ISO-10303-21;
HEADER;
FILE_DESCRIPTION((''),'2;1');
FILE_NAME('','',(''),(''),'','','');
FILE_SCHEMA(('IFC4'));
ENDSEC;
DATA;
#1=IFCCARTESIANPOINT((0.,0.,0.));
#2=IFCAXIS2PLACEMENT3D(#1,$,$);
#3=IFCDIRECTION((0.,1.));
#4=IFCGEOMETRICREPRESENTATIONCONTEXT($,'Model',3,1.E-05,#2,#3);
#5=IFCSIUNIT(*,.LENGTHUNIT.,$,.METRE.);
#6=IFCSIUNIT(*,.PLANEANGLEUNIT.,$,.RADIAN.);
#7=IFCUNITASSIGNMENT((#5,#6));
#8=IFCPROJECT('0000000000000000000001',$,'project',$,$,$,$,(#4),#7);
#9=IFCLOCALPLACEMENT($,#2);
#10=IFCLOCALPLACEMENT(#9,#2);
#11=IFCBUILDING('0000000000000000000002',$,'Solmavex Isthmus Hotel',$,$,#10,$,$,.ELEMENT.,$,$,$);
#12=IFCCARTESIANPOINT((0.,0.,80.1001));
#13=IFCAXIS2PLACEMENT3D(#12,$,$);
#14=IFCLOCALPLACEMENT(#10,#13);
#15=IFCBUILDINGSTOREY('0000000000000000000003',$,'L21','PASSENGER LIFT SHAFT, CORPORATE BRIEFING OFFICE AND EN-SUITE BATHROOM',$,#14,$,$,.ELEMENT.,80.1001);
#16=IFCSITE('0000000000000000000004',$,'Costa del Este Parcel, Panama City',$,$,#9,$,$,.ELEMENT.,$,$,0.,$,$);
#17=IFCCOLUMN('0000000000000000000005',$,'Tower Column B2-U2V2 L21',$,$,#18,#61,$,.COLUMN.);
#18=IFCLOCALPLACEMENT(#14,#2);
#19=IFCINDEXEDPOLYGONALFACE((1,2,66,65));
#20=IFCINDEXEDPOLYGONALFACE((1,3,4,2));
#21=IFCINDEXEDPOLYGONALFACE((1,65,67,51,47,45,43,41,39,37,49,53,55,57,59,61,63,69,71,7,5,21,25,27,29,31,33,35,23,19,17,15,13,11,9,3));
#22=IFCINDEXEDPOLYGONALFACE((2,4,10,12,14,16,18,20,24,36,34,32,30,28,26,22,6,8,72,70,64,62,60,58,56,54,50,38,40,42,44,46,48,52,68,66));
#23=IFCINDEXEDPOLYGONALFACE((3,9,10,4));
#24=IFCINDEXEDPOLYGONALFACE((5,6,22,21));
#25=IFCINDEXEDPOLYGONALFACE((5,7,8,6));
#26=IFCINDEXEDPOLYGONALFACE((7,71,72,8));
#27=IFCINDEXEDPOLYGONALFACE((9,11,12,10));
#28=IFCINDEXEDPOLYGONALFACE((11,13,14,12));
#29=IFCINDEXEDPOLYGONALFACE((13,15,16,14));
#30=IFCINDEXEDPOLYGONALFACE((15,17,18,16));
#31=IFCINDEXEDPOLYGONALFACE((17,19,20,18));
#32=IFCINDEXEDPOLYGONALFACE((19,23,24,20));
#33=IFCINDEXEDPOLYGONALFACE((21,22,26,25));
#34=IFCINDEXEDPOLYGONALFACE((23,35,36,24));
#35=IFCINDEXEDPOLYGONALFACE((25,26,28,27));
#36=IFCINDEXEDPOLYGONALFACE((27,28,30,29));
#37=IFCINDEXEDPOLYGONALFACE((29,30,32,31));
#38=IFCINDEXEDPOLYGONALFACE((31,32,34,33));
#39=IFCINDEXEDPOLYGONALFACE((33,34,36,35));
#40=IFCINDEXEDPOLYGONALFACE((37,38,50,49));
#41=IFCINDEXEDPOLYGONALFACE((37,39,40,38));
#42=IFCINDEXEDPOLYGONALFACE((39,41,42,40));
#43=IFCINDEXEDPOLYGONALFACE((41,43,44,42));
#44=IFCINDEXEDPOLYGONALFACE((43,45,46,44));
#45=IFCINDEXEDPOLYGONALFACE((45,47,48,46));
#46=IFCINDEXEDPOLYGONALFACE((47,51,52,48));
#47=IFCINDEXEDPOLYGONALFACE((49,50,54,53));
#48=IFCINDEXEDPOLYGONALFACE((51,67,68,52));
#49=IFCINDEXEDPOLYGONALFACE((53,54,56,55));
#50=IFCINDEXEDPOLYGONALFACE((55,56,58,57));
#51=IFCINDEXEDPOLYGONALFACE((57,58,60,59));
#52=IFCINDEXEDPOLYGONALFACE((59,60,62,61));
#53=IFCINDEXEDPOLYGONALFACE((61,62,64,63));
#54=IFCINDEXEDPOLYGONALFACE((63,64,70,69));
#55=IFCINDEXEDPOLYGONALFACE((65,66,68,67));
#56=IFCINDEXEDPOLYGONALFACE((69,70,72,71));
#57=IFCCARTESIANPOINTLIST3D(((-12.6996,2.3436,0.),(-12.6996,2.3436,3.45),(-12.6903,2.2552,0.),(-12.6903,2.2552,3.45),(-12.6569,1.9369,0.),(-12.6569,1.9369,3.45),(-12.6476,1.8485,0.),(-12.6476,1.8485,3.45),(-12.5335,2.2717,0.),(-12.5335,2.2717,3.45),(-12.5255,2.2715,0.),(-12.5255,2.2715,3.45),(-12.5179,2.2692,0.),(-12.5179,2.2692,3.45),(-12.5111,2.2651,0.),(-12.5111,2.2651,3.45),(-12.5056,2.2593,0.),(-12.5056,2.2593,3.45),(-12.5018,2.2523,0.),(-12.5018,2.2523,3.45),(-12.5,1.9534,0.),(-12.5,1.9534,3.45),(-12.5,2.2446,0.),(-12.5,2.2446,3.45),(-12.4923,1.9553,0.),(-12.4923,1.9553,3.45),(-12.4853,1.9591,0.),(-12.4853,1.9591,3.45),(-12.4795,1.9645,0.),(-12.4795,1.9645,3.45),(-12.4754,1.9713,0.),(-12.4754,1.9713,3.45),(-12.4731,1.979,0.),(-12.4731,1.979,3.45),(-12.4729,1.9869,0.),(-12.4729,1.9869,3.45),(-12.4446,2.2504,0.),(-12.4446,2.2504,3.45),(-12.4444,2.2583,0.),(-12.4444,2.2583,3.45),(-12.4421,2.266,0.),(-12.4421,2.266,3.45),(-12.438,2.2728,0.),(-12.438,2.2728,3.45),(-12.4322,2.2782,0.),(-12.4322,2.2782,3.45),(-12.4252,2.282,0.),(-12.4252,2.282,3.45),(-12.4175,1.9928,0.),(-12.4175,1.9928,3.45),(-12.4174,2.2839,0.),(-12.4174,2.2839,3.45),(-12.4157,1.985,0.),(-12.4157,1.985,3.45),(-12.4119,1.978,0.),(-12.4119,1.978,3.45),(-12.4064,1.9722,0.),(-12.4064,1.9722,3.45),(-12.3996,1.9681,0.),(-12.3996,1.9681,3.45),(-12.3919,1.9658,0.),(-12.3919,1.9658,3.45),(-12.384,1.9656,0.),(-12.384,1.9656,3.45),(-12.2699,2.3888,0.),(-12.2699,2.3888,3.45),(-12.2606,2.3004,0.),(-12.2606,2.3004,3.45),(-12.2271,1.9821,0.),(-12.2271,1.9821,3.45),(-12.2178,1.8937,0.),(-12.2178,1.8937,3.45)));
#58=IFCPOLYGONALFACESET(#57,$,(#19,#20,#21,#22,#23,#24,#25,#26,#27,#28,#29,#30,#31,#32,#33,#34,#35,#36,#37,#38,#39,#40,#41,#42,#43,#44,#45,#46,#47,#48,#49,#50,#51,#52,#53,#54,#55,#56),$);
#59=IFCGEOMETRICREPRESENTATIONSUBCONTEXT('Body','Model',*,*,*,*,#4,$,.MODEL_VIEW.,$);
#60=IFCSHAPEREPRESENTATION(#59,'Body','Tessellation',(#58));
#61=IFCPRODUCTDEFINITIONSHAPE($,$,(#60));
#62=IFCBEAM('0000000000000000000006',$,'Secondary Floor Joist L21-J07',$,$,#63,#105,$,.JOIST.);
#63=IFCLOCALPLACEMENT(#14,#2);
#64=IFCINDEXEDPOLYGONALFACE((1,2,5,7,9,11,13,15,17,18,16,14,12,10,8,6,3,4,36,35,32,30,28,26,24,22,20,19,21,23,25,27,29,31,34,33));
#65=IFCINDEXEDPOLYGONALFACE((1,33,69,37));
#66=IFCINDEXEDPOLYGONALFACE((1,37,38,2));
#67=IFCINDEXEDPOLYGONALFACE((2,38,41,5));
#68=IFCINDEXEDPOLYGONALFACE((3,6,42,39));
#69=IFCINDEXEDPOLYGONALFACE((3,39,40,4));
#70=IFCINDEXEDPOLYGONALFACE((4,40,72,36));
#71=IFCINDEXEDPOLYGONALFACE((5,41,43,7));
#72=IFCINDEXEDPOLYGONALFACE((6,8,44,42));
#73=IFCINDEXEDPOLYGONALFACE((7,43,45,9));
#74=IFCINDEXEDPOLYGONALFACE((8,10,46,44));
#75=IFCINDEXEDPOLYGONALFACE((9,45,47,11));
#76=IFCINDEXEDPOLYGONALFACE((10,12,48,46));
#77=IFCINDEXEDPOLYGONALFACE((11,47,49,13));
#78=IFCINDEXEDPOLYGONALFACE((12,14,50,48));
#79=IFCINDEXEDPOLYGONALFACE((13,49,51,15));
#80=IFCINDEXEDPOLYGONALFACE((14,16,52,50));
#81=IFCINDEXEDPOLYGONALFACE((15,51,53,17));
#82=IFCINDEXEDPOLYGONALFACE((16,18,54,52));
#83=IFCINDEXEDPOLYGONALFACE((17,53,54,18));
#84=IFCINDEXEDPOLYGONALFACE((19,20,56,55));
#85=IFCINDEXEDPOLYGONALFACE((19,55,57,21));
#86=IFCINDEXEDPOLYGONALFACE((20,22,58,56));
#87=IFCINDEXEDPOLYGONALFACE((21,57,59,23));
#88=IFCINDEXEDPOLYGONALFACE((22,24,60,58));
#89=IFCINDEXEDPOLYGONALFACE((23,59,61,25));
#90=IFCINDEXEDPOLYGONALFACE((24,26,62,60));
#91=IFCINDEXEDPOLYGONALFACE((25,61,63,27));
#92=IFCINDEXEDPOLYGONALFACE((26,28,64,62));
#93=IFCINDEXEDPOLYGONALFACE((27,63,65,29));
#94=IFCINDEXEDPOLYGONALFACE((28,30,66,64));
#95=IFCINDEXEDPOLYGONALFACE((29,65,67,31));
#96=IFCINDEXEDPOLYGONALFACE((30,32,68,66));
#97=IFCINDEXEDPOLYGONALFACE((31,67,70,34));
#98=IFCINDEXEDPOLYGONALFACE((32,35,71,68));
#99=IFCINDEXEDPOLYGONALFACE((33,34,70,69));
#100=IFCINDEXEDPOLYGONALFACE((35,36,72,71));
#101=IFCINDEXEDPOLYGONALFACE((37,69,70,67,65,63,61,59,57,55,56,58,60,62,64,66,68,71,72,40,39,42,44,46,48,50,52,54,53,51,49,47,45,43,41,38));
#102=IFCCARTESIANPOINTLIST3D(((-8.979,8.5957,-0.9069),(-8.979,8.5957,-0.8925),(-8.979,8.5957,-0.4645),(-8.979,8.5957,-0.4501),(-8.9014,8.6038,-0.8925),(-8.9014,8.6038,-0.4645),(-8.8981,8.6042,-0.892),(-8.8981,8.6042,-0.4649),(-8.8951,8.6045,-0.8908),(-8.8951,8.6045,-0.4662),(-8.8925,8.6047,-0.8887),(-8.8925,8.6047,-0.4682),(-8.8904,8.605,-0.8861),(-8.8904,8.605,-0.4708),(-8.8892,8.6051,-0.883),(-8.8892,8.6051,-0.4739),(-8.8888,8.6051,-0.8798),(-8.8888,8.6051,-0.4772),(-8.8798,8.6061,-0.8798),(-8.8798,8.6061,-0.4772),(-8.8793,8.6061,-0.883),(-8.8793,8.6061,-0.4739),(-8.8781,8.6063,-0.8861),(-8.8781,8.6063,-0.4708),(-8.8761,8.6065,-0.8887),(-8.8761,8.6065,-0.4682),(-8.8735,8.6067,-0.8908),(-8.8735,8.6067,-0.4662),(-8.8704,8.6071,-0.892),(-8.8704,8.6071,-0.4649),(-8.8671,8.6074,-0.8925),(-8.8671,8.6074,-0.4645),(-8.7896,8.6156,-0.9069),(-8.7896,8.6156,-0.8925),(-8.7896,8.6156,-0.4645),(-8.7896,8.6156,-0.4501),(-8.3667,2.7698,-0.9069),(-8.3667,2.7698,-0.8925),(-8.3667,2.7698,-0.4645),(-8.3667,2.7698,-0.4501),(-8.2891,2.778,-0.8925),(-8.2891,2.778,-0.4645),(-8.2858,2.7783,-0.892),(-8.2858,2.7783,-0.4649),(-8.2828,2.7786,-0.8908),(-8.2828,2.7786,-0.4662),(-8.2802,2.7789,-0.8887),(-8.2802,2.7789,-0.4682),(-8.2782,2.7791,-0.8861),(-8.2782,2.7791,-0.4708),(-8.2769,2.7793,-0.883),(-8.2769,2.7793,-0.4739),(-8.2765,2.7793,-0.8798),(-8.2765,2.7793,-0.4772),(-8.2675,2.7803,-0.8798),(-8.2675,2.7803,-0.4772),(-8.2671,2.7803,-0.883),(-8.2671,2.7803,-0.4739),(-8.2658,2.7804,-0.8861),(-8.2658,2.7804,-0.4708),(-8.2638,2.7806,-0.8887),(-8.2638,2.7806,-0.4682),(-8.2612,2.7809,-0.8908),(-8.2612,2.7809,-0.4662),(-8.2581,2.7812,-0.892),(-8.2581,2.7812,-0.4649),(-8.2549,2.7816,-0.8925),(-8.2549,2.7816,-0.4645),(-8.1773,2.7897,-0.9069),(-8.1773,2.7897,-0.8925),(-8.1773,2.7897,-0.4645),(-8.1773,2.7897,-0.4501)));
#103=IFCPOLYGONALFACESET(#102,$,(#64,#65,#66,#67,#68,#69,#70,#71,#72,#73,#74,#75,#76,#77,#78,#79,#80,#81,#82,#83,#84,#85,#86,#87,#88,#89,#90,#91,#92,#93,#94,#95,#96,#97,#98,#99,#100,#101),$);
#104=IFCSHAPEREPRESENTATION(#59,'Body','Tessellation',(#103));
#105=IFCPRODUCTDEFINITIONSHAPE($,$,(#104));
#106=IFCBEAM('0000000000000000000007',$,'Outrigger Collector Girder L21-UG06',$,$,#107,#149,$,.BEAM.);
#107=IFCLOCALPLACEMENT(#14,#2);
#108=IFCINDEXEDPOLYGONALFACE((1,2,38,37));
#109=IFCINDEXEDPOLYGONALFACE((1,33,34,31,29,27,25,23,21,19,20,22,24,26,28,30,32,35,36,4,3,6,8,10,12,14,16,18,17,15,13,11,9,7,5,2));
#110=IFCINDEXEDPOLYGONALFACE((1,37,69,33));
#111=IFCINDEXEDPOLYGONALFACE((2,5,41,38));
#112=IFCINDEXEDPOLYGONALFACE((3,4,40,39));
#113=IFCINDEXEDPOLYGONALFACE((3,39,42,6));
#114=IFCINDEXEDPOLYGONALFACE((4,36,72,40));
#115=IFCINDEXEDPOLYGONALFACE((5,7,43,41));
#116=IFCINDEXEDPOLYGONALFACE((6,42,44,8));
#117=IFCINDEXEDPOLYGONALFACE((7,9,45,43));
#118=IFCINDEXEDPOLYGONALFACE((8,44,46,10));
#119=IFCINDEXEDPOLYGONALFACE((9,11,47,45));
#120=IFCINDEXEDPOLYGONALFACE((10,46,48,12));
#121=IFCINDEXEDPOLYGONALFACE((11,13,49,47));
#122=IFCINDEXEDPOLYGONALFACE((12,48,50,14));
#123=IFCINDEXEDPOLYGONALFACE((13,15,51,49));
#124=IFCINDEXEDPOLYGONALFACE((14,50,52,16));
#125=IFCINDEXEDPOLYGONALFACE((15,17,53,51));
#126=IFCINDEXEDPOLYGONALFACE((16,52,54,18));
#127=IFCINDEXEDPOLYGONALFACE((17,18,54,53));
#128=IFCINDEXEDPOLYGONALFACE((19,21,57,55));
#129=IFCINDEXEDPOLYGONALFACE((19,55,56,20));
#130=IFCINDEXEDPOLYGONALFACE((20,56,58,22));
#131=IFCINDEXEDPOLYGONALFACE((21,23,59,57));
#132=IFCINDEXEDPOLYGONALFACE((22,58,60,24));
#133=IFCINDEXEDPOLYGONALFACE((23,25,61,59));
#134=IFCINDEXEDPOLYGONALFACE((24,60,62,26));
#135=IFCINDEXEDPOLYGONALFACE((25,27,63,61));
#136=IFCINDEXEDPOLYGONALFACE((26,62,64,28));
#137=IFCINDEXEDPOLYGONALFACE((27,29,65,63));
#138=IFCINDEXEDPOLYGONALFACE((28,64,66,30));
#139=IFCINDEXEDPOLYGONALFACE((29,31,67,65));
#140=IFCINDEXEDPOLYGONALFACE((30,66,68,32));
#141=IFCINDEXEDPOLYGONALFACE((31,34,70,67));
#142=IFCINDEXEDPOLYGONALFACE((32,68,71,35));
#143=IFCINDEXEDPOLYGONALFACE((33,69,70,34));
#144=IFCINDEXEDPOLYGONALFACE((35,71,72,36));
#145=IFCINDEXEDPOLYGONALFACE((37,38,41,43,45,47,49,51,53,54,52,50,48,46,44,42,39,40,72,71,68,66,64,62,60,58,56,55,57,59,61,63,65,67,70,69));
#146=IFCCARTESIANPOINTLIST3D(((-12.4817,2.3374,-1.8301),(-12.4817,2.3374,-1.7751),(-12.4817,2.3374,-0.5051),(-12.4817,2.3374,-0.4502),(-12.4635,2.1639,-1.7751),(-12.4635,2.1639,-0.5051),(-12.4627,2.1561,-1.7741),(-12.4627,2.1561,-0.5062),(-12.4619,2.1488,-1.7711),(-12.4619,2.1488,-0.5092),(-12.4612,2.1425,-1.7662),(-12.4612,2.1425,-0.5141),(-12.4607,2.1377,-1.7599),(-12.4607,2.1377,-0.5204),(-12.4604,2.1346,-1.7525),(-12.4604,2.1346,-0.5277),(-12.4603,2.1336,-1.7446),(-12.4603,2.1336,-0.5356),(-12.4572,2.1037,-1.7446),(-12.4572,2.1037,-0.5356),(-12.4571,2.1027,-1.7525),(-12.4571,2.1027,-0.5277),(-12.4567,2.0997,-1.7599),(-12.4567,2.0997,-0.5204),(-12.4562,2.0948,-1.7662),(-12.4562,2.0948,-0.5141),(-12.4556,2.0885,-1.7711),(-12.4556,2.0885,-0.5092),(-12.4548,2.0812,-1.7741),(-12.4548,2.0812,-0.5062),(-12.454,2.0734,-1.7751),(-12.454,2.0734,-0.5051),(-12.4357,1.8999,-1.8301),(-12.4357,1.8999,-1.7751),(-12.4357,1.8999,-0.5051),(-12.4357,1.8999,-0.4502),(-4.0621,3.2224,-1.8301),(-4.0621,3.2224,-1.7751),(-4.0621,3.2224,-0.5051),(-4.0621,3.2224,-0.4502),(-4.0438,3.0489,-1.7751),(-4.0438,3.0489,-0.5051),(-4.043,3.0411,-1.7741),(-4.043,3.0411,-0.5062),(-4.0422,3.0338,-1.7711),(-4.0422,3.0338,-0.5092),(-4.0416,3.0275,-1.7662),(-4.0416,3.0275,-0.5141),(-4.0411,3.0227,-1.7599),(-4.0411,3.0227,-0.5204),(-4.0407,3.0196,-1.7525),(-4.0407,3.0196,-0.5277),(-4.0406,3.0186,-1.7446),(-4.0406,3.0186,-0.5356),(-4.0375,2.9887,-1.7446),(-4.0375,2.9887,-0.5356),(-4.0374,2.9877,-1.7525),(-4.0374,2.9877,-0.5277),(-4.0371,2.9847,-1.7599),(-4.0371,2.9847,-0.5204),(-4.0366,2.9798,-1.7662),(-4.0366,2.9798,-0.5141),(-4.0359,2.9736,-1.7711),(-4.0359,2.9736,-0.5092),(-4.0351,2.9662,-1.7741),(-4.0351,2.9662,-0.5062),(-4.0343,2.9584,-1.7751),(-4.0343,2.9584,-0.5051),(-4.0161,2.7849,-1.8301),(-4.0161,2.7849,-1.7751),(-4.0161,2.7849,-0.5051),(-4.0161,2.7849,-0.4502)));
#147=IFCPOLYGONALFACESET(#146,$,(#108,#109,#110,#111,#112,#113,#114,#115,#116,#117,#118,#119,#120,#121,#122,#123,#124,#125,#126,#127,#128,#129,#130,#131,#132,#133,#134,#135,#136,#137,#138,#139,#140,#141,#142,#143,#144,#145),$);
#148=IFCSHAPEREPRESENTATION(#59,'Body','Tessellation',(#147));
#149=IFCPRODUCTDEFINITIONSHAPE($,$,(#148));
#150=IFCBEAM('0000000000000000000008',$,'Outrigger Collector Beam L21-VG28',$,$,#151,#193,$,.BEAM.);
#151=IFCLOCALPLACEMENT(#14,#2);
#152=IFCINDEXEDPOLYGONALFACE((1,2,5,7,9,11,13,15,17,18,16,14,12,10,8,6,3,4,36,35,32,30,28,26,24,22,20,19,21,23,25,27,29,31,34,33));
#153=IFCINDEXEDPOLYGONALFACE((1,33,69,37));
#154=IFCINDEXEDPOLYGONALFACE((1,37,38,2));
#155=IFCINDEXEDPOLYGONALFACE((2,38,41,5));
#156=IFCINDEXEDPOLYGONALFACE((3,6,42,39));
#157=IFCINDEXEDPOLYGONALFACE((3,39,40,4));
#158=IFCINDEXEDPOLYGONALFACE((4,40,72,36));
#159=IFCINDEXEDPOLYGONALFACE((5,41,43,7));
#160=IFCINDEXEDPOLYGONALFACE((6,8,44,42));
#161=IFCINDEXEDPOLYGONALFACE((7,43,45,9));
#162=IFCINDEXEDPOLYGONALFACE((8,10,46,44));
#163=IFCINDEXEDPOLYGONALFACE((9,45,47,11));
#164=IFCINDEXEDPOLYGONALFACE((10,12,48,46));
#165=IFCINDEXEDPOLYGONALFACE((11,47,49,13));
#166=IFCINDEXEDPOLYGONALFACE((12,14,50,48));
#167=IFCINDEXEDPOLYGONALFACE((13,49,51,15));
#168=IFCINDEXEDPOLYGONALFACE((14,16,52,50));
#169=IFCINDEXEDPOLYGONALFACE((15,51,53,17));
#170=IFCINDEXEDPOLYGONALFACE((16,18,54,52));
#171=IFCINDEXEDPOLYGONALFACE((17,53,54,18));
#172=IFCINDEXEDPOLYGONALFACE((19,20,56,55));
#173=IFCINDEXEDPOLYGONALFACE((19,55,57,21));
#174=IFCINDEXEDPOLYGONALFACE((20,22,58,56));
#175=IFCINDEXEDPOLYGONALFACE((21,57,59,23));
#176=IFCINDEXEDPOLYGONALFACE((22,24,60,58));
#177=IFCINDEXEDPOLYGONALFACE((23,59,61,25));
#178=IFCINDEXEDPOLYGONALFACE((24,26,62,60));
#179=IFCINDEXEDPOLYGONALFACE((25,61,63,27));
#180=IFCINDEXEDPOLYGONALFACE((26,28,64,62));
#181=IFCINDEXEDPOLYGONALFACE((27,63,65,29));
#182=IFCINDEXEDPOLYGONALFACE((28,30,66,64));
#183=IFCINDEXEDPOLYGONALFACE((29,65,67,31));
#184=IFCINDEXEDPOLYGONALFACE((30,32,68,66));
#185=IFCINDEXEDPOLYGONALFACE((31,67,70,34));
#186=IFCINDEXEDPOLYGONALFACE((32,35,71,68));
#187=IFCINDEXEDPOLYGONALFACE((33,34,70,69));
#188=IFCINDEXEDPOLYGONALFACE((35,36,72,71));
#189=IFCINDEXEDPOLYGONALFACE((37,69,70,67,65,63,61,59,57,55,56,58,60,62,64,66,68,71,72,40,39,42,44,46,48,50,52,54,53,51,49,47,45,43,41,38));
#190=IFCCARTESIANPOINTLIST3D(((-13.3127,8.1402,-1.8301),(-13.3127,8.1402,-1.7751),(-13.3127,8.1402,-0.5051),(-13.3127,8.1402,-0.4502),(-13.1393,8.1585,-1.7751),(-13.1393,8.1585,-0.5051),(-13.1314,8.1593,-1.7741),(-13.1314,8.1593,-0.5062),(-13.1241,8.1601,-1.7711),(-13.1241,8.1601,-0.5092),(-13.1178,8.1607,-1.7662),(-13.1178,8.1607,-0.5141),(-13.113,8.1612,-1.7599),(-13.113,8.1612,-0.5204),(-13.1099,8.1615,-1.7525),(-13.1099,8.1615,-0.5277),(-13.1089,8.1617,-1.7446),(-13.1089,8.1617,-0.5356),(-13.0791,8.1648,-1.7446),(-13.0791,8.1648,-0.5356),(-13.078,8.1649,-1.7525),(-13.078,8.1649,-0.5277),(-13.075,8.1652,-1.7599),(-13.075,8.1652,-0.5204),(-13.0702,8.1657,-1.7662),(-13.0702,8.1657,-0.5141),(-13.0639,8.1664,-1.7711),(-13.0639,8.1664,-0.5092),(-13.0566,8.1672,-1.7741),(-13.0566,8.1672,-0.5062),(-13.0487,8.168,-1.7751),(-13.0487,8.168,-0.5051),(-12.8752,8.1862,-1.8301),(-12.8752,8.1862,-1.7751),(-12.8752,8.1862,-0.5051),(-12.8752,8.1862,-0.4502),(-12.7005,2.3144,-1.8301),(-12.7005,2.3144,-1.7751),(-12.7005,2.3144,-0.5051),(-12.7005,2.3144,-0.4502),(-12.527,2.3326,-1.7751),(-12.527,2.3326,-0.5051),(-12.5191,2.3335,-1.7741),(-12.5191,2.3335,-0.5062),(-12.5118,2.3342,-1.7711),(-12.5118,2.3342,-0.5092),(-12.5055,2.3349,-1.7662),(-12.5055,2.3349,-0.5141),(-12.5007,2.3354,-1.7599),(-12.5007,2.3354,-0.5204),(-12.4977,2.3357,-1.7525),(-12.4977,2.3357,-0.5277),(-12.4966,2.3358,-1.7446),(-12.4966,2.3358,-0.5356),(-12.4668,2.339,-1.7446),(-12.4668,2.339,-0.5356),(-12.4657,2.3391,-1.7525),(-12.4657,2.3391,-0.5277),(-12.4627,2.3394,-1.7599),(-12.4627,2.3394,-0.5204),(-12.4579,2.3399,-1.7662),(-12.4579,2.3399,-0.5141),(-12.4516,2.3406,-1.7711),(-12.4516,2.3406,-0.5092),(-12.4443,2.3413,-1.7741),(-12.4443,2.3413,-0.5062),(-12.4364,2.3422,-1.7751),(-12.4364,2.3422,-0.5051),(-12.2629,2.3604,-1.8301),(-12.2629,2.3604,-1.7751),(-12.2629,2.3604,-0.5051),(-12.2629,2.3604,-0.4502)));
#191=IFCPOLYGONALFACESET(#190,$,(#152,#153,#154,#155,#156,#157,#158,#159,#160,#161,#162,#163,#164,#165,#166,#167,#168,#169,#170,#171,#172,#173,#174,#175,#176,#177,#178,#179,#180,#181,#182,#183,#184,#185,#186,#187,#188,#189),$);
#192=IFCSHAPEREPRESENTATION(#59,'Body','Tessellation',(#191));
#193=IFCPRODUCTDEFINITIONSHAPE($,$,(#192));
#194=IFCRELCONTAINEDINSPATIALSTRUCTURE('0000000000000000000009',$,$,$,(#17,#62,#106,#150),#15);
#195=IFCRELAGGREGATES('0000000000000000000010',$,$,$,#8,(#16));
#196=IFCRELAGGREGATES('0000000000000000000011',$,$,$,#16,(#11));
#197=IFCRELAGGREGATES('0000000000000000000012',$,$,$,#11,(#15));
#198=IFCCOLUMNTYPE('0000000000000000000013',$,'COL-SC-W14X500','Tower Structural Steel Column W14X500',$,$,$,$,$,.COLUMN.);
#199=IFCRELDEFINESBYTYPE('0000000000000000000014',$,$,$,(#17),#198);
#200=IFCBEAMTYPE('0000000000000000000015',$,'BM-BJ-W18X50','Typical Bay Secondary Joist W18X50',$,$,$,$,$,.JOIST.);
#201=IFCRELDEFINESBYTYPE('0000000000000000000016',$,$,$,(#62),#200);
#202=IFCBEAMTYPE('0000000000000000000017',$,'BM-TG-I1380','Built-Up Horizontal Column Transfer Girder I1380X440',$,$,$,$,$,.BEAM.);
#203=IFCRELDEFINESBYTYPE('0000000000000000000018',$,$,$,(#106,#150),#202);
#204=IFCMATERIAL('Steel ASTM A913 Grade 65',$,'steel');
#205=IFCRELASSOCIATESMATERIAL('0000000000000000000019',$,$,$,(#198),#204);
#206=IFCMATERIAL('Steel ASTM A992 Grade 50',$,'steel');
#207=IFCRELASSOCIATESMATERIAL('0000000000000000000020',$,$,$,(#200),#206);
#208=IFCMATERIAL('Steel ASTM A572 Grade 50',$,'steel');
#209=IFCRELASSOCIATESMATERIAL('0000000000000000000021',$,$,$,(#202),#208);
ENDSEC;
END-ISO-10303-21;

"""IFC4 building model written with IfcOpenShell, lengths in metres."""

from ifc_helpers import new_model, si_unit, direction, frame, origin, origin_2d, place, context, subcontext, project, spatial, i_section, extrude, material, material_profile, profile_set, type_object, element, save


model = new_model("IFC4")

# Units and contexts
model_context = context("Model", 3, precision=1e-05, world=origin(), true_north=direction((0.0, 1.0)))
body_context = subcontext(model_context, "Body", "Model", "MODEL_VIEW")
ifc_project = project(units=[si_unit("LENGTHUNIT", "METRE"), si_unit("PLANEANGLEUNIT", "RADIAN")], contexts=[model_context])

# Site, building, storey
site_placement = place(None, origin())
site = spatial("IfcSite", under=ifc_project, at=site_placement, Name="Costa del Este Parcel, Panama City", CompositionType="ELEMENT", RefElevation=0.0)
building_placement = place(site_placement, origin())
building = spatial("IfcBuilding", under=site, at=building_placement, Name="Solmavex Isthmus Hotel", CompositionType="ELEMENT")
storey_placement = place(building_placement, frame((0.0, 0.0, 80.1001)))
storey = spatial("IfcBuildingStorey", under=building, at=storey_placement, Name="L21", Description="PASSENGER LIFT SHAFT, CORPORATE BRIEFING OFFICE AND EN-SUITE BATHROOM", CompositionType="ELEMENT", Elevation=80.1001)

# Column
ifc_material_1 = material(Name="Steel ASTM A913 Grade 65", Category="steel")
ifc_material_profile_1 = material_profile(ifc_material_1, i_section(OverallWidth=0.4321, OverallDepth=0.4978, WebThickness=0.0557, FlangeThickness=0.0889, FilletRadius=0.0305, at=origin_2d()), Name="W14X500")
ifc_profile_set_1 = profile_set([ifc_material_profile_1], Name="Steel ASTM A913 Grade 65")
column_type = type_object("IfcColumnType", Name="COL-SC-W14X500", Description="Tower Structural Steel Column W14X500", PredefinedType="COLUMN", material=ifc_profile_set_1)
column_placement = place(storey_placement, frame((-12.4587, 2.1187, 0.0), z_axis=(0.0, 0.0, 1.0), x_axis=(0.994522, 0.104528, 0.0)))
element("IfcColumn", 1, at=column_placement, inside=storey, type_object=column_type, Name="Tower Column B2-U2V2 L21", PredefinedType="COLUMN", context=body_context, shape_type="SweptSolid", body=[
    extrude(i_section(OverallWidth=0.4321, OverallDepth=0.4978, WebThickness=0.0557, FlangeThickness=0.0889, FilletRadius=0.0305, at=origin_2d()), origin(), (0.0, 0.0, 1.0), 3.45),
])

# Beams
ifc_material_2 = material(Name="Steel ASTM A992 Grade 50", Category="steel")
ifc_material_profile_2 = material_profile(ifc_material_2, i_section(OverallWidth=0.1904, OverallDepth=0.4568, WebThickness=0.009, FlangeThickness=0.0144, FilletRadius=0.0127, at=origin_2d()), Name="W18X50")
ifc_profile_set_2 = profile_set([ifc_material_profile_2], Name="Steel ASTM A992 Grade 50")
beam_type_1 = type_object("IfcBeamType", Name="BM-BJ-W18X50", Description="Typical Bay Secondary Joist W18X50", PredefinedType="JOIST", material=ifc_profile_set_2)
beam_1_placement = place(storey_placement, frame((-8.272, 2.7798, -0.6785), z_axis=(-0.104524, 0.994522, 0.0), x_axis=(-0.994522, -0.104524, 0.0)))
element("IfcBeam", 2, at=beam_1_placement, inside=storey, type_object=beam_type_1, Name="Secondary Floor Joist L21-J07", PredefinedType="JOIST", context=body_context, shape_type="SweptSolid", body=[
    extrude(i_section(OverallWidth=0.1904, OverallDepth=0.4568, WebThickness=0.009, FlangeThickness=0.0144, FilletRadius=0.0127, at=origin_2d()), origin(), (0.0, 0.0, 1.0), 5.8579),
])
ifc_material_3 = material(Name="Steel ASTM A572 Grade 50", Category="steel")
ifc_material_profile_3 = material_profile(ifc_material_3, i_section(OverallWidth=0.4399, OverallDepth=1.3799, WebThickness=0.03, FlangeThickness=0.0549, FilletRadius=0.0305, at=origin_2d()), Name="I1380X440")
ifc_profile_set_3 = profile_set([ifc_material_profile_3], Name="Steel ASTM A572 Grade 50")
beam_type_2 = type_object("IfcBeamType", Name="BM-TG-I1380", Description="Built-Up Horizontal Column Transfer Girder I1380X440", PredefinedType="BEAM", material=ifc_profile_set_3)
beam_2_placement = place(storey_placement, frame((-12.4587, 2.1187, -1.1401), z_axis=(0.994521, 0.104536, 0.0), x_axis=(-0.104536, 0.994521, 0.0)))
element("IfcBeam", 3, at=beam_2_placement, inside=storey, type_object=beam_type_2, Name="Outrigger Collector Girder L21-UG06", PredefinedType="BEAM", context=body_context, shape_type="SweptSolid", body=[
    extrude(i_section(OverallWidth=0.4399, OverallDepth=1.3799, WebThickness=0.03, FlangeThickness=0.0549, FilletRadius=0.0305, at=origin_2d()), origin(), (0.0, 0.0, 1.0), 8.4661),
])
beam_3_placement = place(storey_placement, frame((-12.4817, 2.3374, -1.1401), z_axis=(-0.104524, 0.994522, 0.0), x_axis=(-0.994522, -0.104524, 0.0)))
element("IfcBeam", 4, at=beam_3_placement, inside=storey, type_object=beam_type_2, Name="Outrigger Collector Beam L21-VG28", PredefinedType="BEAM", context=body_context, shape_type="SweptSolid", body=[
    extrude(i_section(OverallWidth=0.4399, OverallDepth=1.3799, WebThickness=0.03, FlangeThickness=0.0549, FilletRadius=0.0305, at=origin_2d()), origin(), (0.0, 0.0, 1.0), 5.8579),
])

save(model, "model.ifc")
